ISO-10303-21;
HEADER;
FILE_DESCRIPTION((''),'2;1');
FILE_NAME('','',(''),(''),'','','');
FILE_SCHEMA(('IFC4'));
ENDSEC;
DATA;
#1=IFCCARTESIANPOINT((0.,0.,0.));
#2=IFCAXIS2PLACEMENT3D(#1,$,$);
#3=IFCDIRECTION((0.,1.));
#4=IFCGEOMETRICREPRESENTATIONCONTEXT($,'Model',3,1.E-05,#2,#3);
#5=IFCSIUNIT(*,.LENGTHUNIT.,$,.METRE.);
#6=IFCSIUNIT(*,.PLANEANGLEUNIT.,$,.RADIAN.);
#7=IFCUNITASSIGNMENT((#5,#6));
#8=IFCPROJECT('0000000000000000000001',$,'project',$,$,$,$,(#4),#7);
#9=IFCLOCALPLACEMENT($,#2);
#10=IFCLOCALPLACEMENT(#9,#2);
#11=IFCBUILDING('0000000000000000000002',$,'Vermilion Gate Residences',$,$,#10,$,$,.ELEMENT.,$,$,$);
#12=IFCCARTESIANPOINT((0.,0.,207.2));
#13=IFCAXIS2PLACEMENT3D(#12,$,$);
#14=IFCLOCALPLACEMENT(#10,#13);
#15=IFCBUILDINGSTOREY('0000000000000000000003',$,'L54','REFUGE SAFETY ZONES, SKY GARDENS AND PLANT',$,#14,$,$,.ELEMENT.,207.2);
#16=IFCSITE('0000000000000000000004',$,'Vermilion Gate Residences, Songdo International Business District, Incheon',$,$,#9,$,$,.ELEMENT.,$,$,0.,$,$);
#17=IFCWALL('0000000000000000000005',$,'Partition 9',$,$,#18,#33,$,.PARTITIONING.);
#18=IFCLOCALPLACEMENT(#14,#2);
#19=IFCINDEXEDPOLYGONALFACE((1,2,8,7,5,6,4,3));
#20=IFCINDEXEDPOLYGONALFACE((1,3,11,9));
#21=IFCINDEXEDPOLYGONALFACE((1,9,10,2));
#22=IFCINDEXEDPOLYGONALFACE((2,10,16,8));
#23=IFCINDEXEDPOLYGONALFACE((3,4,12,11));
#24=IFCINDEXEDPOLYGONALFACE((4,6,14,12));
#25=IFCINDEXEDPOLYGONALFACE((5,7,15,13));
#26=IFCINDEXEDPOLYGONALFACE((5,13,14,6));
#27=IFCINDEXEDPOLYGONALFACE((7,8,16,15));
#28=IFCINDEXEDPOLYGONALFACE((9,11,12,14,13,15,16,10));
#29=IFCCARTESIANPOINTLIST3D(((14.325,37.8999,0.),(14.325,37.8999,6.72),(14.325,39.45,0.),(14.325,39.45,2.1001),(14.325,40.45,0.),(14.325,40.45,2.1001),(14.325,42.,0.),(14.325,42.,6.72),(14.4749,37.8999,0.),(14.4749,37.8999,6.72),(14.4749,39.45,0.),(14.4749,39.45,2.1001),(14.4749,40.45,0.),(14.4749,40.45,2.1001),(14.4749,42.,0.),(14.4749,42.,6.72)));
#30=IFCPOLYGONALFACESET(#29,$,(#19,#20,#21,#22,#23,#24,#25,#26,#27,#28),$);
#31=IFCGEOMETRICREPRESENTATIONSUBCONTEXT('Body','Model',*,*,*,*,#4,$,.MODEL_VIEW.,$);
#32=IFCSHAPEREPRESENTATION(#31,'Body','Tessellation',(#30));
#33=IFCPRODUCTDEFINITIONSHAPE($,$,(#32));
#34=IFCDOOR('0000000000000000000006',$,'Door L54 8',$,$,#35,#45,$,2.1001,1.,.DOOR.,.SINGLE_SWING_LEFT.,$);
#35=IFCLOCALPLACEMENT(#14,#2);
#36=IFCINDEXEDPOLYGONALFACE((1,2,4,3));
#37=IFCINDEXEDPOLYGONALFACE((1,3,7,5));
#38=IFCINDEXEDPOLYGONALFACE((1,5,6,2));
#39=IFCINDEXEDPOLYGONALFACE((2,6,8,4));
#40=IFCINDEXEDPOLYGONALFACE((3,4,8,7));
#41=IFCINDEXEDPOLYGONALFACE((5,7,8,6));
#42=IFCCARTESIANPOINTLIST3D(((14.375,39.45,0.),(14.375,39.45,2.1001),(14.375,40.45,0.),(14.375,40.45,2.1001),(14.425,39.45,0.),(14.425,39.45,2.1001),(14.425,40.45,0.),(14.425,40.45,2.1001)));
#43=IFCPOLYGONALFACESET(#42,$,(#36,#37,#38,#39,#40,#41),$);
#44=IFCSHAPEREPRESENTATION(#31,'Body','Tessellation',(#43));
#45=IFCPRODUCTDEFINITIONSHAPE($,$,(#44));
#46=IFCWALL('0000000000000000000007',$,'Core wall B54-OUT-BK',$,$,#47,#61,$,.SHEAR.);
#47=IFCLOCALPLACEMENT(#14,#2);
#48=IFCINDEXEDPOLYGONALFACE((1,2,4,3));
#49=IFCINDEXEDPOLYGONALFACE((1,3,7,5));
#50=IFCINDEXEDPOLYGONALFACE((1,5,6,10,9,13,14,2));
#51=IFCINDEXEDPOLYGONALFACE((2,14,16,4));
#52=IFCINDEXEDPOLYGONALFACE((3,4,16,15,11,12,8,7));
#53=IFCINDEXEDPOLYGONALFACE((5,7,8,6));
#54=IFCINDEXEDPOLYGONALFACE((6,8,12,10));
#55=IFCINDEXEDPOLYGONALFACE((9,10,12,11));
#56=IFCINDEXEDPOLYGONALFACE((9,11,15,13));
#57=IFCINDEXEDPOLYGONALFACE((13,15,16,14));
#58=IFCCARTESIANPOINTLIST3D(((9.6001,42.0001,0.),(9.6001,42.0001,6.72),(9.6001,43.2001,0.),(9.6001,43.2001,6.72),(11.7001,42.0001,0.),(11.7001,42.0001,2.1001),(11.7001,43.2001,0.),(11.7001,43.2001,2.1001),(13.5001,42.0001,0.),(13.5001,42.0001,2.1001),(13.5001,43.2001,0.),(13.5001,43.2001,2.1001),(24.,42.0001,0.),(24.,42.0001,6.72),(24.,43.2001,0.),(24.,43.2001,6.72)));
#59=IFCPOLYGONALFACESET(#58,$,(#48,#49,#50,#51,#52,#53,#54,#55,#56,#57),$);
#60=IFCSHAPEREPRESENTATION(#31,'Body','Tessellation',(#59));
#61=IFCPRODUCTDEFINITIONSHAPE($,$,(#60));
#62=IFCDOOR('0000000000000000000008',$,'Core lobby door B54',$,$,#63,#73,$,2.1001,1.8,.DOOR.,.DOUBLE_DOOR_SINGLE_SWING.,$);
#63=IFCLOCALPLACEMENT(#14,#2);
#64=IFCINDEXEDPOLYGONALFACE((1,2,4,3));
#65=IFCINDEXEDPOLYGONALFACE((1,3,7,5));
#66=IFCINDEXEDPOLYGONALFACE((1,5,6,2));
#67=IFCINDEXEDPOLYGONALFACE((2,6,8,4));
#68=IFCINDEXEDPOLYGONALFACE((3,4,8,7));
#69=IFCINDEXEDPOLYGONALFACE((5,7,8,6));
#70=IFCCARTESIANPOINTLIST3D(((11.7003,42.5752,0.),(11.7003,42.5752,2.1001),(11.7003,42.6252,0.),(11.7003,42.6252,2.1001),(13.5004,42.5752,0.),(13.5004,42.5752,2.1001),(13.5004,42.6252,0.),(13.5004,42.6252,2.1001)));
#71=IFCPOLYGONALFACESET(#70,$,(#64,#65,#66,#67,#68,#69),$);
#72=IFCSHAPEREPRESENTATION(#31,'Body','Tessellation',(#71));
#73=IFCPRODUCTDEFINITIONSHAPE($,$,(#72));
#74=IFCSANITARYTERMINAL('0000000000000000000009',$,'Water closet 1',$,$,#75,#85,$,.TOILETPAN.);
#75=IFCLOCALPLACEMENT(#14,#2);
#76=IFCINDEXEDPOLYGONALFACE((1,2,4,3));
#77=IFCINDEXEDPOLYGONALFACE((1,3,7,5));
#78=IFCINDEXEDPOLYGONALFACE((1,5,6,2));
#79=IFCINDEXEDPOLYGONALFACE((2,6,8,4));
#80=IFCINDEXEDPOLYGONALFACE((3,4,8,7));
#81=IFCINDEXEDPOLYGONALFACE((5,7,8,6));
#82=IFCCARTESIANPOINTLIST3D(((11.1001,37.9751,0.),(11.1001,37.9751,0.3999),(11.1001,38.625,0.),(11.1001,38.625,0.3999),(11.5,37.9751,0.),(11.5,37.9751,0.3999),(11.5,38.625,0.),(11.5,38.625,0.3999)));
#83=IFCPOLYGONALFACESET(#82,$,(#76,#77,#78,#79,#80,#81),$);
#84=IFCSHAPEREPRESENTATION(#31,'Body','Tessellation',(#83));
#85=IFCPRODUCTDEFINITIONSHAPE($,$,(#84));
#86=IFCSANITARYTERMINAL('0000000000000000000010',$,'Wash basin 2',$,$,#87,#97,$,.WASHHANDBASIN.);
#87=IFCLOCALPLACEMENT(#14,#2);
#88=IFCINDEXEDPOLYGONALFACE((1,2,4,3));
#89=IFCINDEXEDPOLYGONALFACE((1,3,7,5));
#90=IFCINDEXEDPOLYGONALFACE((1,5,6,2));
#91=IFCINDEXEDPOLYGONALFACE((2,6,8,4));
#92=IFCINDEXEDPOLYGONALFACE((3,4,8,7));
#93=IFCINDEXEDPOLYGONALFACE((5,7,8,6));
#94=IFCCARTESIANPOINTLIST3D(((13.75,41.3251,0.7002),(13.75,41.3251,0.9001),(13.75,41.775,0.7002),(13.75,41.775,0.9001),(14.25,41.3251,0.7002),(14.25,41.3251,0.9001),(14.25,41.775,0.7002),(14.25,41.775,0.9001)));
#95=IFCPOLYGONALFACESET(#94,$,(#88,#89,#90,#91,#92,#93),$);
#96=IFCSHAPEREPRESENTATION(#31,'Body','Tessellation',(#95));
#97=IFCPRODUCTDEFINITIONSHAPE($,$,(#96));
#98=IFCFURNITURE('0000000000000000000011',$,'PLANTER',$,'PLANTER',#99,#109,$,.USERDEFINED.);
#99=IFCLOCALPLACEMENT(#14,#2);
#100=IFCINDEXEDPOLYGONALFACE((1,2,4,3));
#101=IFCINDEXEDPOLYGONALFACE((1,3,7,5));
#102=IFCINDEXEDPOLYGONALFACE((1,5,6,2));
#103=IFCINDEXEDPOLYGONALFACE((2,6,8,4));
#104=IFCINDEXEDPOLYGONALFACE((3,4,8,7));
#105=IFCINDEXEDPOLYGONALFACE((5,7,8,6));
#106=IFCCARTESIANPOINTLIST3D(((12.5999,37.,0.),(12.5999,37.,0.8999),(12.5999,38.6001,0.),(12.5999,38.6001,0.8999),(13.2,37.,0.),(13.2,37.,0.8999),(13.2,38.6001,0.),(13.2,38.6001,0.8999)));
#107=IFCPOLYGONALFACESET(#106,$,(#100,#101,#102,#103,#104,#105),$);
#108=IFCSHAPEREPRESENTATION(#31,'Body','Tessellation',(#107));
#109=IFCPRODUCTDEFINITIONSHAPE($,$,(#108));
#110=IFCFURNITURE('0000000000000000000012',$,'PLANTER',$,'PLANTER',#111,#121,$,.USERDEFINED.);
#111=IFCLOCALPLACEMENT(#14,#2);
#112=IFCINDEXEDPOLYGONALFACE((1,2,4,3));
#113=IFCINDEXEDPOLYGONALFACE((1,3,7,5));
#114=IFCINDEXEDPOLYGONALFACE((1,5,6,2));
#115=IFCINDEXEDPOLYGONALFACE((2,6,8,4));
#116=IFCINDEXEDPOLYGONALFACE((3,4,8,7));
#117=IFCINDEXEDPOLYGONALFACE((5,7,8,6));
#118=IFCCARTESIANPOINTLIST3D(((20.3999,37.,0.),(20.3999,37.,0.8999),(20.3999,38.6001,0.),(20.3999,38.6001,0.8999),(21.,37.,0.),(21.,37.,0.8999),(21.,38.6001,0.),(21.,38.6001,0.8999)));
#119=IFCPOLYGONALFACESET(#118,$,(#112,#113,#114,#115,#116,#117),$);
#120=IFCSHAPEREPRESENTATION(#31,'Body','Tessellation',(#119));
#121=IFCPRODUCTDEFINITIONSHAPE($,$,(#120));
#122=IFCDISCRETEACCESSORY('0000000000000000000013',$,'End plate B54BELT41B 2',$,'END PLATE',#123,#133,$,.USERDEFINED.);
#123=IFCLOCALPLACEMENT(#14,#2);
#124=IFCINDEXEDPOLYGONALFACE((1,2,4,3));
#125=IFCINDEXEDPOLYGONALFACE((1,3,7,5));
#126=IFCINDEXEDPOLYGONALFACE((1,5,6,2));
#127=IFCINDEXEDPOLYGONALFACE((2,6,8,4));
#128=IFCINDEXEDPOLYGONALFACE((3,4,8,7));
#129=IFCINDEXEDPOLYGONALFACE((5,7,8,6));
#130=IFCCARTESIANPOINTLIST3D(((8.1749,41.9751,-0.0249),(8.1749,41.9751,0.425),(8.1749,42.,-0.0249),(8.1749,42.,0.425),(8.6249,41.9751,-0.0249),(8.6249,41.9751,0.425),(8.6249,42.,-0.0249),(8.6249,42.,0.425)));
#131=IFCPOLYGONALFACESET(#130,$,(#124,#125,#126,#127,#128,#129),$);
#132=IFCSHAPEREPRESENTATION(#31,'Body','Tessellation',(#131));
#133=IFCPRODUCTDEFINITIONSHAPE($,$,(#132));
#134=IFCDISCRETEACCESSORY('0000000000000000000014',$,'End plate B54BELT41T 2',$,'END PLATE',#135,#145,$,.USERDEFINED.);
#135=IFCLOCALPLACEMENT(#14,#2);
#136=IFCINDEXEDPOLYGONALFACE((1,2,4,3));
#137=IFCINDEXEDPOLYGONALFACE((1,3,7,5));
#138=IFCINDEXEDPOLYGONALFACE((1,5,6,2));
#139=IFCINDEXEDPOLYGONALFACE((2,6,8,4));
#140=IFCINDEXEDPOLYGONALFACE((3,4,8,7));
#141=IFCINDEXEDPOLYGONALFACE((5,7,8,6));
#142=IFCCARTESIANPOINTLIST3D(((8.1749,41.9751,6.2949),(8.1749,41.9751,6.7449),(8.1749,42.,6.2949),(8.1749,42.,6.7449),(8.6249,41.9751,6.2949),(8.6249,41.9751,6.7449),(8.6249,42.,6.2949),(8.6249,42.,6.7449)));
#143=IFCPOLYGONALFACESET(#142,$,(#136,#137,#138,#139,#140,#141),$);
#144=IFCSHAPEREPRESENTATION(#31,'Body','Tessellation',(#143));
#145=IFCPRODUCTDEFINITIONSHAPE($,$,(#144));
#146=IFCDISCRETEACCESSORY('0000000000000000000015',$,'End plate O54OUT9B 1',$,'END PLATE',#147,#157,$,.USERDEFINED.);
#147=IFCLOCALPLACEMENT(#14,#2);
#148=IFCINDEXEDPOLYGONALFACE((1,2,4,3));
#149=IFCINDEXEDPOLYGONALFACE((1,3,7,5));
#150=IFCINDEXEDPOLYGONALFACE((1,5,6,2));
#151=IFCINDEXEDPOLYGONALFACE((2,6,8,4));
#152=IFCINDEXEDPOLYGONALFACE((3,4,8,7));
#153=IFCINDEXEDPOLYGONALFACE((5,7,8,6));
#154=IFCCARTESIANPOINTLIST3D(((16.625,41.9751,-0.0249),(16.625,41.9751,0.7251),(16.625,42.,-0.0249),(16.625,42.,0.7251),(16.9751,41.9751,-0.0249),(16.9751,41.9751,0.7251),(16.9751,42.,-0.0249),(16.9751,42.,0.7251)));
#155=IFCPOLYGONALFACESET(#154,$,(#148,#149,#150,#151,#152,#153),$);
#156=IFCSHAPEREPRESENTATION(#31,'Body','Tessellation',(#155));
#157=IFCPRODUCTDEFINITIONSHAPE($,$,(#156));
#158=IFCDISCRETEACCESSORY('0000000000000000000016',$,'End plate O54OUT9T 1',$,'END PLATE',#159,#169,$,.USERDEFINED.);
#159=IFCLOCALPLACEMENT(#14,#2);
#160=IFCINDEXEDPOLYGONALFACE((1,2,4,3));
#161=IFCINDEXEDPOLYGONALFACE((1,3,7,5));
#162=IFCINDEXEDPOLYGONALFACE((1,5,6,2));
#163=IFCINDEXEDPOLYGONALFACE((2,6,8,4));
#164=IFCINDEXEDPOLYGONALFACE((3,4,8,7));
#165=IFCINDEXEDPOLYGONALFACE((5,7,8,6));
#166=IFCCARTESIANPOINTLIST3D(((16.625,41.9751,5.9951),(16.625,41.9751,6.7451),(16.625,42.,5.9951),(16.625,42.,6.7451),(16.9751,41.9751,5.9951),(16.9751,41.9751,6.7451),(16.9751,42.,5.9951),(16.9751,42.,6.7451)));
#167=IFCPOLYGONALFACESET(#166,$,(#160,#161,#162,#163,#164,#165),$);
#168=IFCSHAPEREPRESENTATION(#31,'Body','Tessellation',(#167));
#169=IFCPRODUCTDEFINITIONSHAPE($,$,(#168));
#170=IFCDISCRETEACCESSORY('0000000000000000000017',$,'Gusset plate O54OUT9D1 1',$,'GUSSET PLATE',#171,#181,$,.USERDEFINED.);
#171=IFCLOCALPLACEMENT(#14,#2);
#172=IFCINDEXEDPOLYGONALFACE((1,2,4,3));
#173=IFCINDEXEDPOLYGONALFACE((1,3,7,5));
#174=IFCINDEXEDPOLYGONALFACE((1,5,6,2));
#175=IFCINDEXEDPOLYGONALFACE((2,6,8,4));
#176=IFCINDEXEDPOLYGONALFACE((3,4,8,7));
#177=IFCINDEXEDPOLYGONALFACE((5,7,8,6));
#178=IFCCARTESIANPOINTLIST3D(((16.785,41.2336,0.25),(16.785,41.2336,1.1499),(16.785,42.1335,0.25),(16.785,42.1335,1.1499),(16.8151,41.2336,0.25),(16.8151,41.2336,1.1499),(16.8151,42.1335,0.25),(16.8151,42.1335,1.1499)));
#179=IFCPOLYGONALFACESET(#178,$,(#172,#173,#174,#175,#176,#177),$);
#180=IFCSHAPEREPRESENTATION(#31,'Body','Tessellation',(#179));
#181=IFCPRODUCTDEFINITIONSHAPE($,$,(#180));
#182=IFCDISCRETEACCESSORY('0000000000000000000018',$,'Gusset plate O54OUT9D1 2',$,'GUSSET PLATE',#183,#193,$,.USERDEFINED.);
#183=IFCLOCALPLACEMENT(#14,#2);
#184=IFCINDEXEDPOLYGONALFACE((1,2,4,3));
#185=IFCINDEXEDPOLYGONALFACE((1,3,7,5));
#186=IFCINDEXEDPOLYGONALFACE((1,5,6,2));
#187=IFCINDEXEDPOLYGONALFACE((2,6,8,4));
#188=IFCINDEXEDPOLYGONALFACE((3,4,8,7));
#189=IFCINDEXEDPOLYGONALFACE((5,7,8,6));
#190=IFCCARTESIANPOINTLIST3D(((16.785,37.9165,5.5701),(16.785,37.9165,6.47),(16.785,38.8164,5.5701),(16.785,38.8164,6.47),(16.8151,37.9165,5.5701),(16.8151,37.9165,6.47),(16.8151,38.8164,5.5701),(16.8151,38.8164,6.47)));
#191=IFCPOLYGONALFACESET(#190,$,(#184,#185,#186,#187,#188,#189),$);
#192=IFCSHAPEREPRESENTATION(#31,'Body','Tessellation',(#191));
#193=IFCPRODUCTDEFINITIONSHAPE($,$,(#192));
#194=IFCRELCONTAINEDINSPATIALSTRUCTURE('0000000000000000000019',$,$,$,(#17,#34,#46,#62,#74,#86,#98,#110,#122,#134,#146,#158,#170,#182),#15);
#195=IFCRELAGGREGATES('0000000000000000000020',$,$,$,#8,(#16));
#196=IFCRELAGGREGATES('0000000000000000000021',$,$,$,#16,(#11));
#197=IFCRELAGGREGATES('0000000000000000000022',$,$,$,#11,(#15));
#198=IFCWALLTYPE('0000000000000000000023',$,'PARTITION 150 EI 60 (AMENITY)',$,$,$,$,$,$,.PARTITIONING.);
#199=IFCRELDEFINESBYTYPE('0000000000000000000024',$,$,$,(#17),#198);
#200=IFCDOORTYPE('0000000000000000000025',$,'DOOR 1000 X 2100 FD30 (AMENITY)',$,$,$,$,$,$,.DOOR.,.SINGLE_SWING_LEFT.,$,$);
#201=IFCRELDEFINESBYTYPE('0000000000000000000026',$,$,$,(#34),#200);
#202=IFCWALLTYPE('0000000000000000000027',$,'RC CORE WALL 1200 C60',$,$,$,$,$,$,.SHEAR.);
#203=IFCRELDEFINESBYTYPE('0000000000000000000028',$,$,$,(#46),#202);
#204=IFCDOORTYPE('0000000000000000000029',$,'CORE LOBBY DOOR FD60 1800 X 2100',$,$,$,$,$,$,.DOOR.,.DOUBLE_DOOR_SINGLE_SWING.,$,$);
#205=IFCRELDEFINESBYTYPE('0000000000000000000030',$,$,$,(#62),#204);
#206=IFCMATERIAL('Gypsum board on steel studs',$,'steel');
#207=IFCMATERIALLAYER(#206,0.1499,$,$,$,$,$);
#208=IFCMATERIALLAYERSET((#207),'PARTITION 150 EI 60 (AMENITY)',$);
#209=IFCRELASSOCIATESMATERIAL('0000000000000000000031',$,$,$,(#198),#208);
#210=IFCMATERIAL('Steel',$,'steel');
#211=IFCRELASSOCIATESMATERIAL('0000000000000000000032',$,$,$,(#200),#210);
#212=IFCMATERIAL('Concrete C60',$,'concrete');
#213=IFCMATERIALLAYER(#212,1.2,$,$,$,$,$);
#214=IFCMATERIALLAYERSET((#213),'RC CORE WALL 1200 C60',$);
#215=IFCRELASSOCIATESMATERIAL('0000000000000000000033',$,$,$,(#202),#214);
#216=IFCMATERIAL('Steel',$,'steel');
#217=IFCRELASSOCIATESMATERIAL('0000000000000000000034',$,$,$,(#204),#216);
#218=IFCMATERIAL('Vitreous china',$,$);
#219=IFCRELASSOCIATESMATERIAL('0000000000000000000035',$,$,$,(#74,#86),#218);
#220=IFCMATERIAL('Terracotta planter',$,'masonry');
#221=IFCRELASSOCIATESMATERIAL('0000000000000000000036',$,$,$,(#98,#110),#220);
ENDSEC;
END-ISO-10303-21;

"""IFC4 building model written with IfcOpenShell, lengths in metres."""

from ifc_helpers import new_model, si_unit, direction, frame, frame_2d, origin, origin_2d, place, context, subcontext, project, spatial, rectangle, extrude, material, layer, layer_set, type_object, element, fill, save


model = new_model("IFC4")

# Units and contexts
model_context = context("Model", 3, precision=1e-05, world=origin(), true_north=direction((0.0, 1.0)))
body_context = subcontext(model_context, "Body", "Model", "MODEL_VIEW")
ifc_project = project(units=[si_unit("LENGTHUNIT", "METRE"), si_unit("PLANEANGLEUNIT", "RADIAN")], contexts=[model_context])

# Site, building, storey
site_placement = place(None, origin())
site = spatial("IfcSite", under=ifc_project, at=site_placement, Name="Vermilion Gate Residences, Songdo International Business District, Incheon", CompositionType="ELEMENT", RefElevation=0.0)
building_placement = place(site_placement, origin())
building = spatial("IfcBuilding", under=site, at=building_placement, Name="Vermilion Gate Residences", CompositionType="ELEMENT")
storey_placement = place(building_placement, frame((0.0, 0.0, 207.2)))
storey = spatial("IfcBuildingStorey", under=building, at=storey_placement, Name="L54", Description="REFUGE SAFETY ZONES, SKY GARDENS AND PLANT", CompositionType="ELEMENT", Elevation=207.2)

# Walls, openings, doors
ifc_material_1 = material(Name="Gypsum board on steel studs", Category="steel")
ifc_layer_1 = layer(ifc_material_1, 0.1499)
ifc_layer_set_1 = layer_set([ifc_layer_1], Name="PARTITION 150 EI 60 (AMENITY)")
wall_type_1 = type_object("IfcWallType", Name="PARTITION 150 EI 60 (AMENITY)", PredefinedType="PARTITIONING", material=ifc_layer_set_1)
wall_1_placement = place(storey_placement, frame((14.3999, 37.8999, 0.0), z_axis=(0.0, 0.0, 1.0), x_axis=(0.0, 1.0, 0.0)))
wall_1 = element("IfcWall", 1, at=wall_1_placement, inside=storey, type_object=wall_type_1, Name="Partition 9", PredefinedType="PARTITIONING", context=body_context, shape_type="SweptSolid", body=[
    extrude(rectangle(XDim=4.1001, YDim=0.1499, at=frame_2d((2.05, 0.0))), origin(), (0.0, 0.0, 1.0), 6.72),
])
opening_1_placement = place(wall_1_placement, frame((1.55, 0.0, 0.0)))
opening_1 = element("IfcOpeningElement", 2, at=opening_1_placement, cuts=wall_1, PredefinedType="OPENING", context=body_context, shape_type="SweptSolid", body=[
    extrude(rectangle(XDim=1.0, YDim=2.1001, at=frame_2d((0.5, 1.05))), frame((0.0, 0.085, 0.0), z_axis=(0.0, -1.0, 0.0), x_axis=(1.0, 0.0, 0.0)), (0.0, 0.0, 1.0), 0.1699),
])
ifc_material_2 = material(Name="Steel", Category="steel")
door_type_1 = type_object("IfcDoorType", Name="DOOR 1000 X 2100 FD30 (AMENITY)", OperationType="SINGLE_SWING_LEFT", PredefinedType="DOOR", material=ifc_material_2)
door_1_placement = place(opening_1_placement, origin())
door_1 = element("IfcDoor", 3, at=door_1_placement, inside=storey, type_object=door_type_1, Name="Door L54 8", OperationType="SINGLE_SWING_LEFT", OverallHeight=2.1001, OverallWidth=1.0, PredefinedType="DOOR", context=body_context, shape_type="SweptSolid", body=[
    extrude(rectangle(XDim=1.0, YDim=2.1001, at=frame_2d((0.5, 1.05))), frame((0.0, 0.0249, 0.0), z_axis=(0.0, -1.0, 0.0), x_axis=(1.0, 0.0, 0.0)), (0.0, 0.0, 1.0), 0.05),
])
fill(opening_1, door_1)
ifc_material_3 = material(Name="Concrete C60", Category="concrete")
ifc_layer_2 = layer(ifc_material_3, 1.2)
ifc_layer_set_2 = layer_set([ifc_layer_2], Name="RC CORE WALL 1200 C60")
wall_type_2 = type_object("IfcWallType", Name="RC CORE WALL 1200 C60", PredefinedType="SHEAR", material=ifc_layer_set_2)
wall_2_placement = place(storey_placement, frame((9.6001, 42.6001, 0.0), z_axis=(0.0, 0.0, 1.0), x_axis=(1.0, 0.0, 0.0)))
wall_2 = element("IfcWall", 4, at=wall_2_placement, inside=storey, type_object=wall_type_2, Name="Core wall B54-OUT-BK", PredefinedType="SHEAR", context=body_context, shape_type="SweptSolid", body=[
    extrude(rectangle(XDim=14.3999, YDim=1.2, at=frame_2d((7.2, 0.0))), origin(), (0.0, 0.0, 1.0), 6.72),
])
opening_2_placement = place(wall_2_placement, frame((2.1001, 0.0, 0.0)))
opening_2 = element("IfcOpeningElement", 5, at=opening_2_placement, cuts=wall_2, PredefinedType="OPENING", context=body_context, shape_type="SweptSolid", body=[
    extrude(rectangle(XDim=1.8, YDim=2.1001, at=frame_2d((0.8999, 1.05))), frame((0.0, 0.6099, 0.0), z_axis=(0.0, -1.0, 0.0), x_axis=(1.0, 0.0, 0.0)), (0.0, 0.0, 1.0), 1.22),
])
ifc_material_4 = material(Name="Steel", Category="steel")
door_type_2 = type_object("IfcDoorType", Name="CORE LOBBY DOOR FD60 1800 X 2100", OperationType="DOUBLE_DOOR_SINGLE_SWING", PredefinedType="DOOR", material=ifc_material_4)
door_2_placement = place(opening_2_placement, frame((1.8, 0.0, 0.0), z_axis=(0.0, 0.0, 1.0), x_axis=(-1.0, 0.0, 0.0)))
door_2 = element("IfcDoor", 6, at=door_2_placement, inside=storey, type_object=door_type_2, Name="Core lobby door B54", OperationType="DOUBLE_DOOR_SINGLE_SWING", OverallHeight=2.1001, OverallWidth=1.8, PredefinedType="DOOR", context=body_context, shape_type="SweptSolid", body=[
    extrude(rectangle(XDim=1.8, YDim=2.1001, at=frame_2d((0.8999, 1.05))), frame((0.0, 0.0249, 0.0), z_axis=(0.0, -1.0, 0.0), x_axis=(1.0, 0.0, 0.0)), (0.0, 0.0, 1.0), 0.05),
])
fill(opening_2, door_2)

# Sanitary terminals
ifc_material_5 = material(Name="Vitreous china")
sanitary_terminal_1_placement = place(storey_placement, frame((11.3, 38.3, 0.0), z_axis=(0.0, 0.0, 1.0), x_axis=(1.0, 0.0, 0.0)))
element("IfcSanitaryTerminal", 7, at=sanitary_terminal_1_placement, inside=storey, material=ifc_material_5, Name="Water closet 1", PredefinedType="TOILETPAN", context=body_context, shape_type="SweptSolid", body=[
    extrude(rectangle(XDim=0.3999, YDim=0.6499, at=origin_2d()), origin(), (0.0, 0.0, 1.0), 0.3999),
])
sanitary_terminal_2_placement = place(storey_placement, frame((14.0, 41.55, 0.7002), z_axis=(0.0, 0.0, 1.0), x_axis=(1.0, 0.0, 0.0)))
element("IfcSanitaryTerminal", 8, at=sanitary_terminal_2_placement, inside=storey, material=ifc_material_5, Name="Wash basin 2", PredefinedType="WASHHANDBASIN", context=body_context, shape_type="SweptSolid", body=[
    extrude(rectangle(XDim=0.5, YDim=0.45, at=origin_2d()), origin(), (0.0, 0.0, 1.0), 0.2),
])

# Furniture
ifc_material_6 = material(Name="Terracotta planter", Category="masonry")
for number, where, z_axis, x_axis, name in (
    (9, (12.8999, 37.8, 0.0), (0.0, 0.0, 1.0), (0.0, -1.0, 0.0), "PLANTER"),
    (10, (20.7, 37.8, 0.0), (0.0, 0.0, 1.0), (0.0, 1.0, 0.0), "PLANTER"),
):
    element("IfcFurniture", number, at=place(storey_placement, frame(where, z_axis=z_axis, x_axis=x_axis)), inside=storey, material=ifc_material_6, Name=name, ObjectType="PLANTER", PredefinedType="USERDEFINED", context=body_context, shape_type="SweptSolid", body=[
        extrude(rectangle(XDim=1.6001, YDim=0.6001, at=origin_2d()), origin(), (0.0, 0.0, 1.0), 0.8999),
    ])

# Discrete accessories
for number, where, z_axis, x_axis, name in (
    (11, (8.3999, 41.9875, -0.0249), (0.0, 0.0, 1.0), (1.0, 0.0, 0.0), "End plate B54BELT41B 2"),
    (12, (8.3999, 41.9875, 6.2949), (0.0, 0.0, 1.0), (1.0, 0.0, 0.0), "End plate B54BELT41T 2"),
):
    element("IfcDiscreteAccessory", number, at=place(storey_placement, frame(where, z_axis=z_axis, x_axis=x_axis)), inside=storey, Name=name, ObjectType="END PLATE", PredefinedType="USERDEFINED", context=body_context, shape_type="SweptSolid", body=[
        extrude(rectangle(XDim=0.45, YDim=0.0249, at=origin_2d()), origin(), (0.0, 0.0, 1.0), 0.45),
    ])
for number, where, z_axis, x_axis, name in (
    (13, (16.8, 41.9875, -0.0249), (0.0, 0.0, 1.0), (1.0, 0.0, 0.0), "End plate O54OUT9B 1"),
    (14, (16.8, 41.9875, 5.9951), (0.0, 0.0, 1.0), (1.0, 0.0, 0.0), "End plate O54OUT9T 1"),
):
    element("IfcDiscreteAccessory", number, at=place(storey_placement, frame(where, z_axis=z_axis, x_axis=x_axis)), inside=storey, Name=name, ObjectType="END PLATE", PredefinedType="USERDEFINED", context=body_context, shape_type="SweptSolid", body=[
        extrude(rectangle(XDim=0.3501, YDim=0.0249, at=origin_2d()), origin(), (0.0, 0.0, 1.0), 0.75),
    ])
for number, where, z_axis, x_axis, name in (
    (15, (16.8, 41.6836, 0.25), (0.0, 0.0, 1.0), (1.0, 0.0, 0.0), "Gusset plate O54OUT9D1 1"),
    (16, (16.8, 38.3665, 5.5701), (0.0, 0.0, 1.0), (1.0, 0.0, 0.0), "Gusset plate O54OUT9D1 2"),
):
    element("IfcDiscreteAccessory", number, at=place(storey_placement, frame(where, z_axis=z_axis, x_axis=x_axis)), inside=storey, Name=name, ObjectType="GUSSET PLATE", PredefinedType="USERDEFINED", context=body_context, shape_type="SweptSolid", body=[
        extrude(rectangle(XDim=0.03, YDim=0.8999, at=origin_2d()), origin(), (0.0, 0.0, 1.0), 0.8999),
    ])

save(model, "model.ifc")
